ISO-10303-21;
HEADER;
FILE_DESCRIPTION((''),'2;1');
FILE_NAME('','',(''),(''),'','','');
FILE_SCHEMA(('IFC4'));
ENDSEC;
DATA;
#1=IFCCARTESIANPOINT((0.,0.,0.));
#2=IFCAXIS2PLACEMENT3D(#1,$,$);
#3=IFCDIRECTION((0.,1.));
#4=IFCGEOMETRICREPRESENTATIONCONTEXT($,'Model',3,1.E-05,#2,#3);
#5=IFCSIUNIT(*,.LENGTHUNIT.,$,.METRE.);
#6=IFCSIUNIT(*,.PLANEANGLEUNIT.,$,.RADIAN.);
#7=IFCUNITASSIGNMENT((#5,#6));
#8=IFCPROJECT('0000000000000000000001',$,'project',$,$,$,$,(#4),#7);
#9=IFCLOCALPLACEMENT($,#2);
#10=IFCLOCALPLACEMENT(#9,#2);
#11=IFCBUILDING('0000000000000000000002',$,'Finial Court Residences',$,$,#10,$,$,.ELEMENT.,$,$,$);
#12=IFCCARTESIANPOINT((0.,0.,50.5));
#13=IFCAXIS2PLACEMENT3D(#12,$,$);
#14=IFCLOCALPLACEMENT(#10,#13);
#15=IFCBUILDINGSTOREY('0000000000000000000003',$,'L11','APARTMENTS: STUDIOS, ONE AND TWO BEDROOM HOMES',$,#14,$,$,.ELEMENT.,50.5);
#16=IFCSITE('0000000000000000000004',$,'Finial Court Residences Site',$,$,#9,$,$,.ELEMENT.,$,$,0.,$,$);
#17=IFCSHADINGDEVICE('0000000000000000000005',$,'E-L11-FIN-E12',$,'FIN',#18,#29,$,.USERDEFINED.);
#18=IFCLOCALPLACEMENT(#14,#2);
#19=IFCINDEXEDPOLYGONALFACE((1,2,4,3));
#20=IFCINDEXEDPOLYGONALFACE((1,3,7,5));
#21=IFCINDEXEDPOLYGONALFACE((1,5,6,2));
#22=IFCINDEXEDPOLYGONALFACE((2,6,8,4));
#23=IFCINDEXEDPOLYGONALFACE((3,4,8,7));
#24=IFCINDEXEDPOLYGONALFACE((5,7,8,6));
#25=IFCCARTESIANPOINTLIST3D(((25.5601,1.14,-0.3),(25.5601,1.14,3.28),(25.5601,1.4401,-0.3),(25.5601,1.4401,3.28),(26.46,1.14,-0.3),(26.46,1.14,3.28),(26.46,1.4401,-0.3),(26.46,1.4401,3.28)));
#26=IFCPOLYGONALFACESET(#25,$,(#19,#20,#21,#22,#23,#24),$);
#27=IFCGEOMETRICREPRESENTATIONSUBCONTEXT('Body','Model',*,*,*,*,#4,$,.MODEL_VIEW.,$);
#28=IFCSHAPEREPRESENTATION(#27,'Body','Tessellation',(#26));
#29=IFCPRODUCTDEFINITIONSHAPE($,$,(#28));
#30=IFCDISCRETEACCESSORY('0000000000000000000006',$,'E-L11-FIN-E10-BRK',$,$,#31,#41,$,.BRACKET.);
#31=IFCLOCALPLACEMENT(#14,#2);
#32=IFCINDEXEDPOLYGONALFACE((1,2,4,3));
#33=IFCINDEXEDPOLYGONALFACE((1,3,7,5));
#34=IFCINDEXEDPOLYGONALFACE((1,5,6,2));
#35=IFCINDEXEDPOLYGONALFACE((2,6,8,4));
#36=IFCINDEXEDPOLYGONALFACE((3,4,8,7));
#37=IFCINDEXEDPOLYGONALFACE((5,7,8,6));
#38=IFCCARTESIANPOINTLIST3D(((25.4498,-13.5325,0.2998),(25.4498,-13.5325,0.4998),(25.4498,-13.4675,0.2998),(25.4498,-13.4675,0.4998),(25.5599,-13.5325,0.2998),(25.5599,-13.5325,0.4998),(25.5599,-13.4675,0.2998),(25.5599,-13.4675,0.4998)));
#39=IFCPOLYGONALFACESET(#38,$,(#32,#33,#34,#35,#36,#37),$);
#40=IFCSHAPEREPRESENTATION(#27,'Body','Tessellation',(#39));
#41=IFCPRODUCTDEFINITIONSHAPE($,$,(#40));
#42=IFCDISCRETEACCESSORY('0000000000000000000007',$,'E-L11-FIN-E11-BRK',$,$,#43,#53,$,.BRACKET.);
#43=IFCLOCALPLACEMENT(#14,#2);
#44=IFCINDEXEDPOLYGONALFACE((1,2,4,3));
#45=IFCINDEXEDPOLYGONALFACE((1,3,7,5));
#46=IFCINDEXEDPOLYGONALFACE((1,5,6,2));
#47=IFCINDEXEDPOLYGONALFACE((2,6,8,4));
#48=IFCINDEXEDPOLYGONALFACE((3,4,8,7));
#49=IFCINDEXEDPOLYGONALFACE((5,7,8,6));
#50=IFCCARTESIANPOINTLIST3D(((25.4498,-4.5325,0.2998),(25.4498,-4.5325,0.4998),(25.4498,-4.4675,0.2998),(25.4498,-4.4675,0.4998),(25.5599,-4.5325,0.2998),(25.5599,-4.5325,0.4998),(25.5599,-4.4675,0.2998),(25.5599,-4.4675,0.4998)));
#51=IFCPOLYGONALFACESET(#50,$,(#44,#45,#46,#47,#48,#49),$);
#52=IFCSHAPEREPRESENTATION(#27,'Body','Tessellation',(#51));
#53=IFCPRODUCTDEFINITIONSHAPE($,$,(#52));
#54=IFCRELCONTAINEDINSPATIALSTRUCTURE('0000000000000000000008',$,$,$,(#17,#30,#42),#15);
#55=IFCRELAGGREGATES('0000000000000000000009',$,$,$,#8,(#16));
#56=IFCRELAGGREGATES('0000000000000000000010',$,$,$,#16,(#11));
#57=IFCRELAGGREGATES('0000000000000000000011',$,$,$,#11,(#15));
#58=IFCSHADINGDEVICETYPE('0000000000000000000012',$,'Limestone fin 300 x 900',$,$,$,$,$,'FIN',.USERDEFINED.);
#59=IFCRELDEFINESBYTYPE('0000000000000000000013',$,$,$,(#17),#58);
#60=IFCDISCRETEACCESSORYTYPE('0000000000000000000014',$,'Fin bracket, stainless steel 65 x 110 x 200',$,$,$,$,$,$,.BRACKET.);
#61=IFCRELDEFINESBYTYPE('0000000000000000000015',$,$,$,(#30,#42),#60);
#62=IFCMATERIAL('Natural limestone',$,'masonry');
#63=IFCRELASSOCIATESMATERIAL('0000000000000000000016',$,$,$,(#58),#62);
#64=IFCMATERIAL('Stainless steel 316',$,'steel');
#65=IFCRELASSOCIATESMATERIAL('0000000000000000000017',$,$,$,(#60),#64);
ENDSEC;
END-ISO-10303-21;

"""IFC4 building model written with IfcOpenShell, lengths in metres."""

from ifc_helpers import new_model, si_unit, direction, frame, origin, origin_2d, place, context, subcontext, project, spatial, rectangle, extrude, material, type_object, element, save


model = new_model("IFC4")

# Units and contexts
model_context = context("Model", 3, precision=1e-05, world=origin(), true_north=direction((0.0, 1.0)))
body_context = subcontext(model_context, "Body", "Model", "MODEL_VIEW")
ifc_project = project(units=[si_unit("LENGTHUNIT", "METRE"), si_unit("PLANEANGLEUNIT", "RADIAN")], contexts=[model_context])

# Site, building, storey
site_placement = place(None, origin())
site = spatial("IfcSite", under=ifc_project, at=site_placement, Name="Finial Court Residences Site", CompositionType="ELEMENT", RefElevation=0.0)
building_placement = place(site_placement, origin())
building = spatial("IfcBuilding", under=site, at=building_placement, Name="Finial Court Residences", CompositionType="ELEMENT")
storey_placement = place(building_placement, frame((0.0, 0.0, 50.5)))
storey = spatial("IfcBuildingStorey", under=building, at=storey_placement, Name="L11", Description="APARTMENTS: STUDIOS, ONE AND TWO BEDROOM HOMES", CompositionType="ELEMENT", Elevation=50.5)

# Shading device
ifc_material_1 = material(Name="Natural limestone", Category="masonry")
shading_device_type = type_object("IfcShadingDeviceType", Name="Limestone fin 300 x 900", ElementType="FIN", PredefinedType="USERDEFINED", material=ifc_material_1)
shading_device_placement = place(storey_placement, frame((26.01, 1.29, -0.3), z_axis=(0.0, 0.0, 1.0), x_axis=(1.0, 0.0, 0.0)))
element("IfcShadingDevice", 1, at=shading_device_placement, inside=storey, type_object=shading_device_type, Name="E-L11-FIN-E12", ObjectType="FIN", PredefinedType="USERDEFINED", context=body_context, shape_type="SweptSolid", body=[
    extrude(rectangle(XDim=0.8999, YDim=0.3, at=origin_2d()), origin(), (0.0, 0.0, 1.0), 3.5801),
])

# Discrete accessories
ifc_material_2 = material(Name="Stainless steel 316", Category="steel")
discrete_accessory_type = type_object("IfcDiscreteAccessoryType", Name="Fin bracket, stainless steel 65 x 110 x 200", PredefinedType="BRACKET", material=ifc_material_2)
for number, where, z_axis, x_axis, name in (
    (2, (25.5049, -13.5, 0.2998), (0.0, 0.0, 1.0), (1.0, 0.0, 0.0), "E-L11-FIN-E10-BRK"),
    (3, (25.5049, -4.5, 0.2998), (0.0, 0.0, 1.0), (1.0, 0.0, 0.0), "E-L11-FIN-E11-BRK"),
):
    element("IfcDiscreteAccessory", number, at=place(storey_placement, frame(where, z_axis=z_axis, x_axis=x_axis)), inside=storey, type_object=discrete_accessory_type, Name=name, PredefinedType="BRACKET", context=body_context, shape_type="SweptSolid", body=[
        extrude(rectangle(XDim=0.1101, YDim=0.0649, at=origin_2d()), origin(), (0.0, 0.0, 1.0), 0.2),
    ])

save(model, "model.ifc")
